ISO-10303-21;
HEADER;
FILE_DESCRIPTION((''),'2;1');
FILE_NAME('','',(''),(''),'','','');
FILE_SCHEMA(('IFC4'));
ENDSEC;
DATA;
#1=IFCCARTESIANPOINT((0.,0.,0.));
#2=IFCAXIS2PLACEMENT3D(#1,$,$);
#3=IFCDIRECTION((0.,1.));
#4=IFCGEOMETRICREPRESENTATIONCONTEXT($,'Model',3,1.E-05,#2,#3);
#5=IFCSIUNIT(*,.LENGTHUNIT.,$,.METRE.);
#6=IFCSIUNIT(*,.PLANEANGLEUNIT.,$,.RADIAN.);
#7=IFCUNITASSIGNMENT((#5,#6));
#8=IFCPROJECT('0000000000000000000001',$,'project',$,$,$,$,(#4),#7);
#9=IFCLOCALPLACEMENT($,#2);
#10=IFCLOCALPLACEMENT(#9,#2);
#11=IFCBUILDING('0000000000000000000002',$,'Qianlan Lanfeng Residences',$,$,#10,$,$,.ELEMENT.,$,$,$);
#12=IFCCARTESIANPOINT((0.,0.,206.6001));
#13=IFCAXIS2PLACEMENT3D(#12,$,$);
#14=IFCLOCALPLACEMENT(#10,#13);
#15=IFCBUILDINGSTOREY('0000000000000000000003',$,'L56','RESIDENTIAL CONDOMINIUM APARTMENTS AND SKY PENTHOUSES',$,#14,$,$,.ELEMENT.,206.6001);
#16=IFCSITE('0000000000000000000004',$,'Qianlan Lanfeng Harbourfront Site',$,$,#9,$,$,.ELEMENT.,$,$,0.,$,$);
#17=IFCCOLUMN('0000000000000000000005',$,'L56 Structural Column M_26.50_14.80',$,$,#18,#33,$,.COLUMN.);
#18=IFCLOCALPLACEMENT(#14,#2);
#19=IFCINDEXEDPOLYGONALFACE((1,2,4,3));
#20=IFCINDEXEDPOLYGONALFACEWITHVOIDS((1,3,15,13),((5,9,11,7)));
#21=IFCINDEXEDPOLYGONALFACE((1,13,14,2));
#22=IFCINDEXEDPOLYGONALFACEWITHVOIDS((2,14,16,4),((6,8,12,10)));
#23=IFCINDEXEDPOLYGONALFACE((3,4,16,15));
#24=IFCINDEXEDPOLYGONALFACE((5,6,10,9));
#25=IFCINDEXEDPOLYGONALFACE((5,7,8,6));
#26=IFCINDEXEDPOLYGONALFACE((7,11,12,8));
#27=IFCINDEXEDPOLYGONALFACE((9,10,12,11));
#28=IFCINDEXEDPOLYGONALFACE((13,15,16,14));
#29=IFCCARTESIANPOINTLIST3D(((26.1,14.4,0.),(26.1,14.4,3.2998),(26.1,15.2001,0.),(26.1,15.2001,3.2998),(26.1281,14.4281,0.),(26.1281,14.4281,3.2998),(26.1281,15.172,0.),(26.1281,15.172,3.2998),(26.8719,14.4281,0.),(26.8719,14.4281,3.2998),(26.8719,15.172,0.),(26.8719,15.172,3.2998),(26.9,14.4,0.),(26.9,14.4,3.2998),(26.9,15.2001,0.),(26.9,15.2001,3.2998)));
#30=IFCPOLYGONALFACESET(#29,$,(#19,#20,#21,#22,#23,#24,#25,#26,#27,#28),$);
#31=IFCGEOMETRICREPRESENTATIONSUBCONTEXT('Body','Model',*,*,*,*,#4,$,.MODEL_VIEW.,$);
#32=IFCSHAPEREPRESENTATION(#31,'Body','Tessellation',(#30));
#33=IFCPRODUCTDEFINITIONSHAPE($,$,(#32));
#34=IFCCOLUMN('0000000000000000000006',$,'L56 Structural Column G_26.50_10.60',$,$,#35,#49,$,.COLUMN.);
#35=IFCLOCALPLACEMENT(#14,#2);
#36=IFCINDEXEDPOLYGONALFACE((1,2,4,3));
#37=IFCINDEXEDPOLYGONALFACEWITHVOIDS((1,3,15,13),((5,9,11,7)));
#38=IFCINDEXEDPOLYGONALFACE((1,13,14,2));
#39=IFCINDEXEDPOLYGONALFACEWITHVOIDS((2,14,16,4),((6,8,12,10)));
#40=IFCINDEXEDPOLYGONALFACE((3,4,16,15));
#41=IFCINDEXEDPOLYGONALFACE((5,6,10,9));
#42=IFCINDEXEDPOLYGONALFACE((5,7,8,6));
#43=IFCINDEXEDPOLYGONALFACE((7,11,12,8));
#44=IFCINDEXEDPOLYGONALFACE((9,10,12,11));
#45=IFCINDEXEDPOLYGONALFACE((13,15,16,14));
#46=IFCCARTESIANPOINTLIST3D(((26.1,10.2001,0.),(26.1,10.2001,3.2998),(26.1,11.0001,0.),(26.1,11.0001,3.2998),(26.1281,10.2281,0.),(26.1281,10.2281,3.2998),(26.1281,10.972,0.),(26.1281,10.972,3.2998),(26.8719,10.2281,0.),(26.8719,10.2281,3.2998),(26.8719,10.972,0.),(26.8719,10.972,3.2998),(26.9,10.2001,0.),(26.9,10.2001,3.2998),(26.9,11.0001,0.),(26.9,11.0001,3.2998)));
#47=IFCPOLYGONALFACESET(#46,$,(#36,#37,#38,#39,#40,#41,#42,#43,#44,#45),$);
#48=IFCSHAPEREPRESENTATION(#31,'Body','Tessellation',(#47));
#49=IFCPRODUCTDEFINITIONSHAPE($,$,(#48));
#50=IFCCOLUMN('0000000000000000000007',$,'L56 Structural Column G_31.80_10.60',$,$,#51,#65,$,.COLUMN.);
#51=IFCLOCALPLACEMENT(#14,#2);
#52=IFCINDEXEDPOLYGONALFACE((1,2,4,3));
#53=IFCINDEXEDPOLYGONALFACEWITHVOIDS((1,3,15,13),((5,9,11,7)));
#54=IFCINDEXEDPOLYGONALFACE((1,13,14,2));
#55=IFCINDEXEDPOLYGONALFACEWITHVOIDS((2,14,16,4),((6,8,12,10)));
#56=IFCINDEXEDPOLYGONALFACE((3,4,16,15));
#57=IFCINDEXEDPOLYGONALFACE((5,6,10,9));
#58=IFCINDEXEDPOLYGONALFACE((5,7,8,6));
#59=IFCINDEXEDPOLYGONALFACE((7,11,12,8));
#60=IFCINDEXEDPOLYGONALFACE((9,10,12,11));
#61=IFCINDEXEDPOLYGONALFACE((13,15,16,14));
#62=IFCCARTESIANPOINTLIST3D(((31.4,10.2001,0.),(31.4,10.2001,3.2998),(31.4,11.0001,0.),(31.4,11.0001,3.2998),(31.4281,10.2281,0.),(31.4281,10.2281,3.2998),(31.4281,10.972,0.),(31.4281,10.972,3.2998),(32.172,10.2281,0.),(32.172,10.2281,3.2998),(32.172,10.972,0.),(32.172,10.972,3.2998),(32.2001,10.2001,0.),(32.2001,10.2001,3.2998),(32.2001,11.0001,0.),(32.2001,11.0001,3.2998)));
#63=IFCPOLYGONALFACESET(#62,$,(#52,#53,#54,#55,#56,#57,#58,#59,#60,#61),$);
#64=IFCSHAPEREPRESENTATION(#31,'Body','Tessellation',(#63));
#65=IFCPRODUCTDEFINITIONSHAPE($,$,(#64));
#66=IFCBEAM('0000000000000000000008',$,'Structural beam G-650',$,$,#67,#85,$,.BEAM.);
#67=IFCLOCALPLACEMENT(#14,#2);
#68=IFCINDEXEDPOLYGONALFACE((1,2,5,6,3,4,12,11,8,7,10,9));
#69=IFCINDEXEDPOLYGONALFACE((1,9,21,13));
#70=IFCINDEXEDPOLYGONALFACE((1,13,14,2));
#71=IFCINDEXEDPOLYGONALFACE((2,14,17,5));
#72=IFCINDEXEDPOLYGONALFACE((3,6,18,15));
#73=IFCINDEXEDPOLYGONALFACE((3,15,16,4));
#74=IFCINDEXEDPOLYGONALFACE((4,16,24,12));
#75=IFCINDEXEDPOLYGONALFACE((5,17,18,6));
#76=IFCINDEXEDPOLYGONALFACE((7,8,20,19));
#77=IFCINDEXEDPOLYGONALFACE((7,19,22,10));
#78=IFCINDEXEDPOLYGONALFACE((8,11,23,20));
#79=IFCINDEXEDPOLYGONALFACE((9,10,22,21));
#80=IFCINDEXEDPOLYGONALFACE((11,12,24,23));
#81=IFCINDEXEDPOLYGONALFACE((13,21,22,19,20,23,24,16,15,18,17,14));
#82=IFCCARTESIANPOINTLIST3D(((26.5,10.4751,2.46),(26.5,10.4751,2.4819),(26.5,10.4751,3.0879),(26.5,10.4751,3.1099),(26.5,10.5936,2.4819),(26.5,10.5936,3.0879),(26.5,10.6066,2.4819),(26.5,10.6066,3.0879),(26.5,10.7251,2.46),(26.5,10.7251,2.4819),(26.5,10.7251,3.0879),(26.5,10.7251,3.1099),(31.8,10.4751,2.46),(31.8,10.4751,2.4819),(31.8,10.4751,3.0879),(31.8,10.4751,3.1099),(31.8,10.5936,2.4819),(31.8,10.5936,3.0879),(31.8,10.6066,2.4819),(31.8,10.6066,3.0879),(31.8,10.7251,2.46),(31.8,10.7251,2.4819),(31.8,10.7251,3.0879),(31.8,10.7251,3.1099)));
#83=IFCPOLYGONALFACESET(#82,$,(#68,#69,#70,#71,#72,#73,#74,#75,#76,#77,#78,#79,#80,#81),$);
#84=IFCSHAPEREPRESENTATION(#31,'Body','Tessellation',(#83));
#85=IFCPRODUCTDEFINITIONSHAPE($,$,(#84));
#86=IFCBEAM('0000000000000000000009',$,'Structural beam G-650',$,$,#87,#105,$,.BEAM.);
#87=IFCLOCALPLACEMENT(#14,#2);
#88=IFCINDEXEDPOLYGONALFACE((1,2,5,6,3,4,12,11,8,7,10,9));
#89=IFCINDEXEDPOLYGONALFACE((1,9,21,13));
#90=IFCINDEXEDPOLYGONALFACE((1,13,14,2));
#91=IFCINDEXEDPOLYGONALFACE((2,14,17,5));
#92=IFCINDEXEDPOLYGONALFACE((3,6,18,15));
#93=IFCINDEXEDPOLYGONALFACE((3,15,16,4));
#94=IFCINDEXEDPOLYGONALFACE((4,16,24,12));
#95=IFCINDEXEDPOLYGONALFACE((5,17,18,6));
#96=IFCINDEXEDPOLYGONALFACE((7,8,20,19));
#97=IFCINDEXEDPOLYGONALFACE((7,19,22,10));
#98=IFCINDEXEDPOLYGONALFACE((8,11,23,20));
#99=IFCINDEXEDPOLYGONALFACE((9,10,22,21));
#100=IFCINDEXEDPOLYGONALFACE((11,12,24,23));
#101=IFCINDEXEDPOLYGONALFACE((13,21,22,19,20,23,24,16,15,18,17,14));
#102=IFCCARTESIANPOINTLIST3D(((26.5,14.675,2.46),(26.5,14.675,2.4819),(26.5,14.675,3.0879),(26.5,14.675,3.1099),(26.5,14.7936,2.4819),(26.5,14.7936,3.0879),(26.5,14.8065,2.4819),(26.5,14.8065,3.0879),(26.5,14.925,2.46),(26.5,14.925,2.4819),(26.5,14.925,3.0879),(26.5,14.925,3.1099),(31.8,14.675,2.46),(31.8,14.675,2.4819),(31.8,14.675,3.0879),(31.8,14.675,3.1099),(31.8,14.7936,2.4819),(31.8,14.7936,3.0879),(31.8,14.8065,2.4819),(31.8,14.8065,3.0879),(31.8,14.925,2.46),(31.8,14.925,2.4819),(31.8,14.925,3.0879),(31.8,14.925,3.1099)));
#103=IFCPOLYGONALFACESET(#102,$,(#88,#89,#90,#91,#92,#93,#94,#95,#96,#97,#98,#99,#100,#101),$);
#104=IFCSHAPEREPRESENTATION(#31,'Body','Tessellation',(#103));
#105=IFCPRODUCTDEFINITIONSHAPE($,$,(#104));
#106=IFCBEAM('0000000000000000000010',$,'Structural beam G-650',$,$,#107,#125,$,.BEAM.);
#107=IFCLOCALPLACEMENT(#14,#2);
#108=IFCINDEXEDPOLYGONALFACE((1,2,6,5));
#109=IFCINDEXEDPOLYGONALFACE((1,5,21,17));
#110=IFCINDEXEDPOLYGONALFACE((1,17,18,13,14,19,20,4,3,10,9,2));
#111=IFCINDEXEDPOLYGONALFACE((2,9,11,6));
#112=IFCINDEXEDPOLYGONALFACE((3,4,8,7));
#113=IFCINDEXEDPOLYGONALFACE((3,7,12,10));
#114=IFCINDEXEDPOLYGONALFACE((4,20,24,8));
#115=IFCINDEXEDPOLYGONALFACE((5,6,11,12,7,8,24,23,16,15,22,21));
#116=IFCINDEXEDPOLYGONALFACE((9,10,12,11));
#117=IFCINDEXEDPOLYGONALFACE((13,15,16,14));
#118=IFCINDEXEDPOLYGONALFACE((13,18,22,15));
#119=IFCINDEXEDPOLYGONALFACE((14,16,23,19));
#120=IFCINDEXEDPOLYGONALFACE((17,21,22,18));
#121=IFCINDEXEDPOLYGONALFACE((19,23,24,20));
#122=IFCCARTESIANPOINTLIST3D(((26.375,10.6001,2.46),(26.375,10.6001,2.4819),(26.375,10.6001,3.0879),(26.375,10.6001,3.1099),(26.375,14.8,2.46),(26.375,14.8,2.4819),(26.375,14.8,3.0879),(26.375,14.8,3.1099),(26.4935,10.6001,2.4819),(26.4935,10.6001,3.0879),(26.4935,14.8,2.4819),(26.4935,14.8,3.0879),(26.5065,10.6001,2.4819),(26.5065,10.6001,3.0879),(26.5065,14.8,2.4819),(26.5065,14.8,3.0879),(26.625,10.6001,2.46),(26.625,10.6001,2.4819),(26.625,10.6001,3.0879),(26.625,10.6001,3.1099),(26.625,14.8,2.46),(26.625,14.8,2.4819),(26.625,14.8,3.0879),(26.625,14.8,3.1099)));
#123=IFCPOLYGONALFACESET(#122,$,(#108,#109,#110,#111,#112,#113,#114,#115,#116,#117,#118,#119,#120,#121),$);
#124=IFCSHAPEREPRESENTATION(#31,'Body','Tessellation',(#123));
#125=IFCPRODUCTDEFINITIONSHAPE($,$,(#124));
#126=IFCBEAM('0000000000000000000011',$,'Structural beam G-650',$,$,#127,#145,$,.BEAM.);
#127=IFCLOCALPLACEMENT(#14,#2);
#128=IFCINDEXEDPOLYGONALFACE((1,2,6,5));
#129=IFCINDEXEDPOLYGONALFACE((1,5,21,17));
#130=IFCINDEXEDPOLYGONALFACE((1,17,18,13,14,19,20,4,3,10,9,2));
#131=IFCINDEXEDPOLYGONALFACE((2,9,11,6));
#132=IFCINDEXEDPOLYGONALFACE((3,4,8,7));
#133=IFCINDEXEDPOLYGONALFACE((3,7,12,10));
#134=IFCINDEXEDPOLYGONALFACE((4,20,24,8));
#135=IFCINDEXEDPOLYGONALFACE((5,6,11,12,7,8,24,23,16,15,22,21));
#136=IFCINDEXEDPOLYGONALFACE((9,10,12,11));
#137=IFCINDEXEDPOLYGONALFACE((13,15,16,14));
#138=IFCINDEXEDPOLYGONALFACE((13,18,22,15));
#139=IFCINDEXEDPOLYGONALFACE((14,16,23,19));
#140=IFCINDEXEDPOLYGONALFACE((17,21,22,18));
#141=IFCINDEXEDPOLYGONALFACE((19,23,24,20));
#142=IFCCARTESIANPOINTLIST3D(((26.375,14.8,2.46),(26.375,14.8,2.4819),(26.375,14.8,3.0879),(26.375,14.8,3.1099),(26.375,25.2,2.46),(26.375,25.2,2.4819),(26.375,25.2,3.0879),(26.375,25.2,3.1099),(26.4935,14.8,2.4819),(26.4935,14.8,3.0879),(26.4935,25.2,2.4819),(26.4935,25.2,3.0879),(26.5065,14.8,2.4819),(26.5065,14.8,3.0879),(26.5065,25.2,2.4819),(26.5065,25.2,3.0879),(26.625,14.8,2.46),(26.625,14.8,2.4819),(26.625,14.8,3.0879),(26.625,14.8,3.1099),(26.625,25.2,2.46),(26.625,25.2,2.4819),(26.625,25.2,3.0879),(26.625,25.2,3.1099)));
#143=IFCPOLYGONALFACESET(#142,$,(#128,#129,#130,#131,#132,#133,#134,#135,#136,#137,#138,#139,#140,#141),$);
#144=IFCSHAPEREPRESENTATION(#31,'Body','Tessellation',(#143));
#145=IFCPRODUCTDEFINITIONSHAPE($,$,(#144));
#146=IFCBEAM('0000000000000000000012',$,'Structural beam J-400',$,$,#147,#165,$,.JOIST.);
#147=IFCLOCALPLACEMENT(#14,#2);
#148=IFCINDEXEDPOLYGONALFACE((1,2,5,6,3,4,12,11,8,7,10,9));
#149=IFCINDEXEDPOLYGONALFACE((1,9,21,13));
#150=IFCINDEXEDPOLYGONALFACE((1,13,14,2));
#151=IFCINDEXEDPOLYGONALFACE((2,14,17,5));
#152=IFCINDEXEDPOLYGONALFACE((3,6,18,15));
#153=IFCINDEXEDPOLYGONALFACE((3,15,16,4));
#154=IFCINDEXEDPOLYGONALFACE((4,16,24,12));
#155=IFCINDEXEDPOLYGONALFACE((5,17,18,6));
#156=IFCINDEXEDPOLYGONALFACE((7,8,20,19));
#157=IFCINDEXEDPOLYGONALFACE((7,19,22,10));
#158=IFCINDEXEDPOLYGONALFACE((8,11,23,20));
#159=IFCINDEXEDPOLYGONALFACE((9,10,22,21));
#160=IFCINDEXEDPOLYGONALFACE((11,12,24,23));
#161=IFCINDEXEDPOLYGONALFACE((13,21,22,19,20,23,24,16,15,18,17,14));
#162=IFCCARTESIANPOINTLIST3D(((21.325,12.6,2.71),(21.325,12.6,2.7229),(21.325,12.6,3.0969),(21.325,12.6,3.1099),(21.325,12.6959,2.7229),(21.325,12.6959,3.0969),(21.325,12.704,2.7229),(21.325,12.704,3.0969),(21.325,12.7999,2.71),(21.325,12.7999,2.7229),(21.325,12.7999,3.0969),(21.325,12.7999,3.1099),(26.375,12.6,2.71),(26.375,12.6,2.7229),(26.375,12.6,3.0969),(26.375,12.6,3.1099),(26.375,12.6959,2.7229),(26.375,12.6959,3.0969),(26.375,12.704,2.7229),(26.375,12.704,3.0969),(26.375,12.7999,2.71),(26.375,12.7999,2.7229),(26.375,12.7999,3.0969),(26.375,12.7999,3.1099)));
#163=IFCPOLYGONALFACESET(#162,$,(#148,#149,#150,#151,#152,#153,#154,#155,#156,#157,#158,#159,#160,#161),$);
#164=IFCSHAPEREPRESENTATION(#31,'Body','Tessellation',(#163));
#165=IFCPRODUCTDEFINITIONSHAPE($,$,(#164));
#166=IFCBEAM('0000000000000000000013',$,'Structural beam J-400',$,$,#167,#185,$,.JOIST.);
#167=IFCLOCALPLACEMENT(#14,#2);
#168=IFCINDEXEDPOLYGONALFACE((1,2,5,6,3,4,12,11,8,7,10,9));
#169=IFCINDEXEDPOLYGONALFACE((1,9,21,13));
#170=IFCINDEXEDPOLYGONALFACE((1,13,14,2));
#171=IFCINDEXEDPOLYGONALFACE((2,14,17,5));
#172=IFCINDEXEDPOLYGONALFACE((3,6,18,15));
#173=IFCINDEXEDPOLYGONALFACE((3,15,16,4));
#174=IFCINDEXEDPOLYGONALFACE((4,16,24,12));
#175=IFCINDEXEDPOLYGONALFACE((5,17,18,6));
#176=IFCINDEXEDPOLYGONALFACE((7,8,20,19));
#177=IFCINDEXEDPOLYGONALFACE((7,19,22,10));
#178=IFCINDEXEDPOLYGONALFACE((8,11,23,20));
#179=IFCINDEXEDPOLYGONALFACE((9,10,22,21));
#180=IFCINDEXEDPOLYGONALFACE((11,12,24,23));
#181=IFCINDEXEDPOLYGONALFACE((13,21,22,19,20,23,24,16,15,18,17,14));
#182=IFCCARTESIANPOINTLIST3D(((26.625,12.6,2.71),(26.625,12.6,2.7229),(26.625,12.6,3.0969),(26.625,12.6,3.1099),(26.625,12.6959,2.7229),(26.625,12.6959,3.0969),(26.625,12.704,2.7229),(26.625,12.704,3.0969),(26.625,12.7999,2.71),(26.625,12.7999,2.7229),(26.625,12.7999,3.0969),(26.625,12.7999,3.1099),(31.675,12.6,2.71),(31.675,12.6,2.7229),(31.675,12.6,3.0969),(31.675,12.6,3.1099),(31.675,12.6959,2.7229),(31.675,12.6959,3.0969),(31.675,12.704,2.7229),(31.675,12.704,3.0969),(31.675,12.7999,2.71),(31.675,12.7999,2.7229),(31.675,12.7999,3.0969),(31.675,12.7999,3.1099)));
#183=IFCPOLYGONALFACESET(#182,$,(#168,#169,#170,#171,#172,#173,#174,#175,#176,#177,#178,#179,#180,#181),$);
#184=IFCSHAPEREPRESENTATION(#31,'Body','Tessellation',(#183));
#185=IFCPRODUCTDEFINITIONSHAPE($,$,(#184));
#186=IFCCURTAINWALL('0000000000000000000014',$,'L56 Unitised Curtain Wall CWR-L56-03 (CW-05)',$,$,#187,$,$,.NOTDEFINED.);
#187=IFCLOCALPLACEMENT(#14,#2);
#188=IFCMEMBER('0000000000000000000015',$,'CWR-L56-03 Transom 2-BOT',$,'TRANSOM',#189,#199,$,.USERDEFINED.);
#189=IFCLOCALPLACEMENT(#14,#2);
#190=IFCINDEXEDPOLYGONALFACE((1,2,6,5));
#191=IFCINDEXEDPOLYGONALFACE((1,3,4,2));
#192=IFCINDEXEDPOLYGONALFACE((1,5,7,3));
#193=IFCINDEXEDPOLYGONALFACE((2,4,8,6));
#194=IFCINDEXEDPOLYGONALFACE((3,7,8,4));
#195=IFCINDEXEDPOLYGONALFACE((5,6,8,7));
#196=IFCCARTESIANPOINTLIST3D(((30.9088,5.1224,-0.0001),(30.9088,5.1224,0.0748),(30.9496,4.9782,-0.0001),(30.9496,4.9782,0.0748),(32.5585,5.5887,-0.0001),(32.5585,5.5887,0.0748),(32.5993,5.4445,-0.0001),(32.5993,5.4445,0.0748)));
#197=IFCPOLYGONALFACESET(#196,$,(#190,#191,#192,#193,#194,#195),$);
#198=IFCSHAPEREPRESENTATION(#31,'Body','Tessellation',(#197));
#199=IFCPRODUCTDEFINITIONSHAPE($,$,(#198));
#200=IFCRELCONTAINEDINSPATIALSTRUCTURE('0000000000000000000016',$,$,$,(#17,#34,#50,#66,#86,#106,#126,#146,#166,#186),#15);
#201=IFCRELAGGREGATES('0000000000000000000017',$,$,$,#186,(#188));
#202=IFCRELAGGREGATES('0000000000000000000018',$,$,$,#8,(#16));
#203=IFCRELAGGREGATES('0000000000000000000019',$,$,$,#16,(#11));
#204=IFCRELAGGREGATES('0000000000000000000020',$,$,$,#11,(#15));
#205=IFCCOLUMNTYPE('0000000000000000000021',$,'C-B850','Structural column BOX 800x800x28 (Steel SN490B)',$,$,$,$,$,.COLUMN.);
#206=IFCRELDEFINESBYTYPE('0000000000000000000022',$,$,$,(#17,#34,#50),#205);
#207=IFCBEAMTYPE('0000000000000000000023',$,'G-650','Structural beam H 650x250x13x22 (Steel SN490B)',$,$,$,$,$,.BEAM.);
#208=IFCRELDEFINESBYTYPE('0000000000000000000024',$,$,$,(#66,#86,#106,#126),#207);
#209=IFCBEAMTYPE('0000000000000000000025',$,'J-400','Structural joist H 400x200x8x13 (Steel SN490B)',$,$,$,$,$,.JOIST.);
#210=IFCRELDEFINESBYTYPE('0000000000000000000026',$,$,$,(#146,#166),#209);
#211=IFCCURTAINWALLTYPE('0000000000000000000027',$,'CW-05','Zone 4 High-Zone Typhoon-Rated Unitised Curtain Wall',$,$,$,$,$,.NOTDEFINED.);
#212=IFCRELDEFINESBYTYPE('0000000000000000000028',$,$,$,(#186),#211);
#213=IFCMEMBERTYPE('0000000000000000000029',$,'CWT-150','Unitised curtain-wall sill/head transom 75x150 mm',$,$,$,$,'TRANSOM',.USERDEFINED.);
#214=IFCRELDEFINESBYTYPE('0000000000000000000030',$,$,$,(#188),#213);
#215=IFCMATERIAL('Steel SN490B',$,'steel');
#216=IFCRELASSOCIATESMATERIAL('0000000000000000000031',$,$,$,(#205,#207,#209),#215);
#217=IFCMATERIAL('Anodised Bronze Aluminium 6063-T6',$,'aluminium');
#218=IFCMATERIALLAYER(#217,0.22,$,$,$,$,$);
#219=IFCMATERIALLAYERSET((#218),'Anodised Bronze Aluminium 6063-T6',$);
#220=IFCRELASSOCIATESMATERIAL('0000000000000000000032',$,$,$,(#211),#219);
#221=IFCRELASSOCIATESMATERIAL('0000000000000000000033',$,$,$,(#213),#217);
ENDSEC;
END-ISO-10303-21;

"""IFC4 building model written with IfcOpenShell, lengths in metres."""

from ifc_helpers import new_model, si_unit, direction, frame, origin, origin_2d, place, context, subcontext, project, spatial, rectangle, hollow_rectangle, i_section, extrude, source, transform, mapped, material, layer, layer_set, material_profile, profile_set, type_object, element, aggregate, save


model = new_model("IFC4")

# Units and contexts
model_context = context("Model", 3, precision=1e-05, world=origin(), true_north=direction((0.0, 1.0)))
body_context = subcontext(model_context, "Body", "Model", "MODEL_VIEW")
ifc_project = project(units=[si_unit("LENGTHUNIT", "METRE"), si_unit("PLANEANGLEUNIT", "RADIAN")], contexts=[model_context])

# Site, building, storey
site_placement = place(None, origin())
site = spatial("IfcSite", under=ifc_project, at=site_placement, Name="Qianlan Lanfeng Harbourfront Site", CompositionType="ELEMENT", RefElevation=0.0)
building_placement = place(site_placement, origin())
building = spatial("IfcBuilding", under=site, at=building_placement, Name="Qianlan Lanfeng Residences", CompositionType="ELEMENT")
storey_placement = place(building_placement, frame((0.0, 0.0, 206.6001)))
storey = spatial("IfcBuildingStorey", under=building, at=storey_placement, Name="L56", Description="RESIDENTIAL CONDOMINIUM APARTMENTS AND SKY PENTHOUSES", CompositionType="ELEMENT", Elevation=206.6001)

# Columns
ifc_material_1 = material(Name="Steel SN490B", Category="steel")
ifc_material_profile_1 = material_profile(ifc_material_1, hollow_rectangle(XDim=0.8, YDim=0.8, WallThickness=0.0281, at=origin_2d()), Name="BOX 800x800x28")
ifc_profile_set_1 = profile_set([ifc_material_profile_1], Name="Steel SN490B")
column_type = type_object("IfcColumnType", Name="C-B850", Description="Structural column BOX 800x800x28 (Steel SN490B)", PredefinedType="COLUMN", material=ifc_profile_set_1)
for number, where, z_axis, x_axis, name in (
    (1, (26.5, 14.8, 0.0), (0.0, 0.0, 1.0), (1.0, 0.0, 0.0), "L56 Structural Column M_26.50_14.80"),
    (2, (26.5, 10.6001, 0.0), (0.0, 0.0, 1.0), (1.0, 0.0, 0.0), "L56 Structural Column G_26.50_10.60"),
    (3, (31.8, 10.6001, 0.0), (0.0, 0.0, 1.0), (1.0, 0.0, 0.0), "L56 Structural Column G_31.80_10.60"),
):
    element("IfcColumn", number, at=place(storey_placement, frame(where, z_axis=z_axis, x_axis=x_axis)), inside=storey, type_object=column_type, Name=name, PredefinedType="COLUMN", context=body_context, shape_type="SweptSolid", body=[
        extrude(hollow_rectangle(XDim=0.8, YDim=0.8, WallThickness=0.0281, at=origin_2d()), origin(), (0.0, 0.0, 1.0), 3.2998),
    ])

# Beams
ifc_material_profile_2 = material_profile(ifc_material_1, i_section(OverallWidth=0.25, OverallDepth=0.6499, WebThickness=0.0129, FlangeThickness=0.022, at=origin_2d()), Name="H 650x250x13x22")
ifc_profile_set_2 = profile_set([ifc_material_profile_2], Name="Steel SN490B")
beam_type_1 = type_object("IfcBeamType", Name="G-650", Description="Structural beam H 650x250x13x22 (Steel SN490B)", PredefinedType="BEAM", material=ifc_profile_set_2)
for number, where, z_axis, x_axis, name in (
    (4, (26.5, 10.6001, 2.7849), (1.0, 0.0, 0.0), (0.0, 1.0, 0.0), "Structural beam G-650"),
    (5, (26.5, 14.8, 2.7849), (1.0, 0.0, 0.0), (0.0, 1.0, 0.0), "Structural beam G-650"),
):
    element("IfcBeam", number, at=place(storey_placement, frame(where, z_axis=z_axis, x_axis=x_axis)), inside=storey, type_object=beam_type_1, Name=name, PredefinedType="BEAM", context=body_context, shape_type="SweptSolid", body=[
        extrude(i_section(OverallWidth=0.25, OverallDepth=0.6499, WebThickness=0.0129, FlangeThickness=0.022, at=origin_2d()), origin(), (0.0, 0.0, 1.0), 5.3),
    ])
beam_1_placement = place(storey_placement, frame((26.5, 10.6001, 2.7849), z_axis=(0.0, 1.0, 0.0), x_axis=(-1.0, 0.0, 0.0)))
element("IfcBeam", 6, at=beam_1_placement, inside=storey, type_object=beam_type_1, Name="Structural beam G-650", PredefinedType="BEAM", context=body_context, shape_type="SweptSolid", body=[
    extrude(i_section(OverallWidth=0.25, OverallDepth=0.6499, WebThickness=0.0129, FlangeThickness=0.022, at=origin_2d()), origin(), (0.0, 0.0, 1.0), 4.2),
])
beam_2_placement = place(storey_placement, frame((26.5, 14.8, 2.7849), z_axis=(0.0, 1.0, 0.0), x_axis=(-1.0, 0.0, 0.0)))
element("IfcBeam", 7, at=beam_2_placement, inside=storey, type_object=beam_type_1, Name="Structural beam G-650", PredefinedType="BEAM", context=body_context, shape_type="SweptSolid", body=[
    extrude(i_section(OverallWidth=0.25, OverallDepth=0.6499, WebThickness=0.0129, FlangeThickness=0.022, at=origin_2d()), origin(), (0.0, 0.0, 1.0), 10.3999),
])
ifc_material_profile_3 = material_profile(ifc_material_1, i_section(OverallWidth=0.2, OverallDepth=0.3999, WebThickness=0.0081, FlangeThickness=0.0129, at=origin_2d()), Name="H 400x200x8x13")
ifc_profile_set_3 = profile_set([ifc_material_profile_3], Name="Steel SN490B")
beam_type_2 = type_object("IfcBeamType", Name="J-400", Description="Structural joist H 400x200x8x13 (Steel SN490B)", PredefinedType="JOIST", material=ifc_profile_set_3)
for number, where, z_axis, x_axis, name in (
    (8, (21.325, 12.7, 2.9099), (1.0, 0.0, 0.0), (0.0, 1.0, 0.0), "Structural beam J-400"),
    (9, (26.625, 12.7, 2.9099), (1.0, 0.0, 0.0), (0.0, 1.0, 0.0), "Structural beam J-400"),
):
    element("IfcBeam", number, at=place(storey_placement, frame(where, z_axis=z_axis, x_axis=x_axis)), inside=storey, type_object=beam_type_2, Name=name, PredefinedType="JOIST", context=body_context, shape_type="SweptSolid", body=[
        extrude(i_section(OverallWidth=0.2, OverallDepth=0.3999, WebThickness=0.0081, FlangeThickness=0.0129, at=origin_2d()), origin(), (0.0, 0.0, 1.0), 5.05),
    ])

# Curtain wall, member
ifc_material_2 = material(Name="Anodised Bronze Aluminium 6063-T6", Category="aluminium")
ifc_layer_1 = layer(ifc_material_2, 0.22)
ifc_layer_set_1 = layer_set([ifc_layer_1], Name="Anodised Bronze Aluminium 6063-T6")
curtain_wall_type = type_object("IfcCurtainWallType", Name="CW-05", Description="Zone 4 High-Zone Typhoon-Rated Unitised Curtain Wall", PredefinedType="NOTDEFINED", material=ifc_layer_set_1)
curtain_wall_placement = place(storey_placement, origin())
curtain_wall = element("IfcCurtainWall", 10, at=curtain_wall_placement, inside=storey, type_object=curtain_wall_type, Name="L56 Unitised Curtain Wall CWR-L56-03 (CW-05)", PredefinedType="NOTDEFINED")
ifc_material_profile_4 = material_profile(ifc_material_2, rectangle(XDim=0.075, YDim=0.1499, at=origin_2d()), Name="ALU TRANSOM 75x150")
ifc_profile_set_4 = profile_set([ifc_material_profile_4], Name="Anodised Bronze Aluminium 6063-T6")
member_type = type_object("IfcMemberType", Name="CWT-150", Description="Unitised curtain-wall sill/head transom 75x150 mm", ElementType="TRANSOM", PredefinedType="USERDEFINED", material=ifc_profile_set_4)
shared_shape_1 = source(origin(), body_context, "Body", "SweptSolid", [
    extrude(rectangle(XDim=0.075, YDim=0.1499, at=origin_2d()), origin(), (0.0, 0.0, 1.0), 1.7144),
])
member_1_placement = place(storey_placement, frame((30.9292, 5.0503, 0.0374), z_axis=(0.962294, 0.272011, 0.0), x_axis=(0.0, 0.0, 1.0)))
member_1 = element("IfcMember", 11, at=member_1_placement, type_object=member_type, Name="CWR-L56-03 Transom 2-BOT", ObjectType="TRANSOM", PredefinedType="USERDEFINED", context=body_context, shape_type="MappedRepresentation", body=[
    mapped(shared_shape_1, transform((0.0, 0.0, 0.0), scale=1.0)),
])
aggregate(curtain_wall, [member_1])

save(model, "model.ifc")
